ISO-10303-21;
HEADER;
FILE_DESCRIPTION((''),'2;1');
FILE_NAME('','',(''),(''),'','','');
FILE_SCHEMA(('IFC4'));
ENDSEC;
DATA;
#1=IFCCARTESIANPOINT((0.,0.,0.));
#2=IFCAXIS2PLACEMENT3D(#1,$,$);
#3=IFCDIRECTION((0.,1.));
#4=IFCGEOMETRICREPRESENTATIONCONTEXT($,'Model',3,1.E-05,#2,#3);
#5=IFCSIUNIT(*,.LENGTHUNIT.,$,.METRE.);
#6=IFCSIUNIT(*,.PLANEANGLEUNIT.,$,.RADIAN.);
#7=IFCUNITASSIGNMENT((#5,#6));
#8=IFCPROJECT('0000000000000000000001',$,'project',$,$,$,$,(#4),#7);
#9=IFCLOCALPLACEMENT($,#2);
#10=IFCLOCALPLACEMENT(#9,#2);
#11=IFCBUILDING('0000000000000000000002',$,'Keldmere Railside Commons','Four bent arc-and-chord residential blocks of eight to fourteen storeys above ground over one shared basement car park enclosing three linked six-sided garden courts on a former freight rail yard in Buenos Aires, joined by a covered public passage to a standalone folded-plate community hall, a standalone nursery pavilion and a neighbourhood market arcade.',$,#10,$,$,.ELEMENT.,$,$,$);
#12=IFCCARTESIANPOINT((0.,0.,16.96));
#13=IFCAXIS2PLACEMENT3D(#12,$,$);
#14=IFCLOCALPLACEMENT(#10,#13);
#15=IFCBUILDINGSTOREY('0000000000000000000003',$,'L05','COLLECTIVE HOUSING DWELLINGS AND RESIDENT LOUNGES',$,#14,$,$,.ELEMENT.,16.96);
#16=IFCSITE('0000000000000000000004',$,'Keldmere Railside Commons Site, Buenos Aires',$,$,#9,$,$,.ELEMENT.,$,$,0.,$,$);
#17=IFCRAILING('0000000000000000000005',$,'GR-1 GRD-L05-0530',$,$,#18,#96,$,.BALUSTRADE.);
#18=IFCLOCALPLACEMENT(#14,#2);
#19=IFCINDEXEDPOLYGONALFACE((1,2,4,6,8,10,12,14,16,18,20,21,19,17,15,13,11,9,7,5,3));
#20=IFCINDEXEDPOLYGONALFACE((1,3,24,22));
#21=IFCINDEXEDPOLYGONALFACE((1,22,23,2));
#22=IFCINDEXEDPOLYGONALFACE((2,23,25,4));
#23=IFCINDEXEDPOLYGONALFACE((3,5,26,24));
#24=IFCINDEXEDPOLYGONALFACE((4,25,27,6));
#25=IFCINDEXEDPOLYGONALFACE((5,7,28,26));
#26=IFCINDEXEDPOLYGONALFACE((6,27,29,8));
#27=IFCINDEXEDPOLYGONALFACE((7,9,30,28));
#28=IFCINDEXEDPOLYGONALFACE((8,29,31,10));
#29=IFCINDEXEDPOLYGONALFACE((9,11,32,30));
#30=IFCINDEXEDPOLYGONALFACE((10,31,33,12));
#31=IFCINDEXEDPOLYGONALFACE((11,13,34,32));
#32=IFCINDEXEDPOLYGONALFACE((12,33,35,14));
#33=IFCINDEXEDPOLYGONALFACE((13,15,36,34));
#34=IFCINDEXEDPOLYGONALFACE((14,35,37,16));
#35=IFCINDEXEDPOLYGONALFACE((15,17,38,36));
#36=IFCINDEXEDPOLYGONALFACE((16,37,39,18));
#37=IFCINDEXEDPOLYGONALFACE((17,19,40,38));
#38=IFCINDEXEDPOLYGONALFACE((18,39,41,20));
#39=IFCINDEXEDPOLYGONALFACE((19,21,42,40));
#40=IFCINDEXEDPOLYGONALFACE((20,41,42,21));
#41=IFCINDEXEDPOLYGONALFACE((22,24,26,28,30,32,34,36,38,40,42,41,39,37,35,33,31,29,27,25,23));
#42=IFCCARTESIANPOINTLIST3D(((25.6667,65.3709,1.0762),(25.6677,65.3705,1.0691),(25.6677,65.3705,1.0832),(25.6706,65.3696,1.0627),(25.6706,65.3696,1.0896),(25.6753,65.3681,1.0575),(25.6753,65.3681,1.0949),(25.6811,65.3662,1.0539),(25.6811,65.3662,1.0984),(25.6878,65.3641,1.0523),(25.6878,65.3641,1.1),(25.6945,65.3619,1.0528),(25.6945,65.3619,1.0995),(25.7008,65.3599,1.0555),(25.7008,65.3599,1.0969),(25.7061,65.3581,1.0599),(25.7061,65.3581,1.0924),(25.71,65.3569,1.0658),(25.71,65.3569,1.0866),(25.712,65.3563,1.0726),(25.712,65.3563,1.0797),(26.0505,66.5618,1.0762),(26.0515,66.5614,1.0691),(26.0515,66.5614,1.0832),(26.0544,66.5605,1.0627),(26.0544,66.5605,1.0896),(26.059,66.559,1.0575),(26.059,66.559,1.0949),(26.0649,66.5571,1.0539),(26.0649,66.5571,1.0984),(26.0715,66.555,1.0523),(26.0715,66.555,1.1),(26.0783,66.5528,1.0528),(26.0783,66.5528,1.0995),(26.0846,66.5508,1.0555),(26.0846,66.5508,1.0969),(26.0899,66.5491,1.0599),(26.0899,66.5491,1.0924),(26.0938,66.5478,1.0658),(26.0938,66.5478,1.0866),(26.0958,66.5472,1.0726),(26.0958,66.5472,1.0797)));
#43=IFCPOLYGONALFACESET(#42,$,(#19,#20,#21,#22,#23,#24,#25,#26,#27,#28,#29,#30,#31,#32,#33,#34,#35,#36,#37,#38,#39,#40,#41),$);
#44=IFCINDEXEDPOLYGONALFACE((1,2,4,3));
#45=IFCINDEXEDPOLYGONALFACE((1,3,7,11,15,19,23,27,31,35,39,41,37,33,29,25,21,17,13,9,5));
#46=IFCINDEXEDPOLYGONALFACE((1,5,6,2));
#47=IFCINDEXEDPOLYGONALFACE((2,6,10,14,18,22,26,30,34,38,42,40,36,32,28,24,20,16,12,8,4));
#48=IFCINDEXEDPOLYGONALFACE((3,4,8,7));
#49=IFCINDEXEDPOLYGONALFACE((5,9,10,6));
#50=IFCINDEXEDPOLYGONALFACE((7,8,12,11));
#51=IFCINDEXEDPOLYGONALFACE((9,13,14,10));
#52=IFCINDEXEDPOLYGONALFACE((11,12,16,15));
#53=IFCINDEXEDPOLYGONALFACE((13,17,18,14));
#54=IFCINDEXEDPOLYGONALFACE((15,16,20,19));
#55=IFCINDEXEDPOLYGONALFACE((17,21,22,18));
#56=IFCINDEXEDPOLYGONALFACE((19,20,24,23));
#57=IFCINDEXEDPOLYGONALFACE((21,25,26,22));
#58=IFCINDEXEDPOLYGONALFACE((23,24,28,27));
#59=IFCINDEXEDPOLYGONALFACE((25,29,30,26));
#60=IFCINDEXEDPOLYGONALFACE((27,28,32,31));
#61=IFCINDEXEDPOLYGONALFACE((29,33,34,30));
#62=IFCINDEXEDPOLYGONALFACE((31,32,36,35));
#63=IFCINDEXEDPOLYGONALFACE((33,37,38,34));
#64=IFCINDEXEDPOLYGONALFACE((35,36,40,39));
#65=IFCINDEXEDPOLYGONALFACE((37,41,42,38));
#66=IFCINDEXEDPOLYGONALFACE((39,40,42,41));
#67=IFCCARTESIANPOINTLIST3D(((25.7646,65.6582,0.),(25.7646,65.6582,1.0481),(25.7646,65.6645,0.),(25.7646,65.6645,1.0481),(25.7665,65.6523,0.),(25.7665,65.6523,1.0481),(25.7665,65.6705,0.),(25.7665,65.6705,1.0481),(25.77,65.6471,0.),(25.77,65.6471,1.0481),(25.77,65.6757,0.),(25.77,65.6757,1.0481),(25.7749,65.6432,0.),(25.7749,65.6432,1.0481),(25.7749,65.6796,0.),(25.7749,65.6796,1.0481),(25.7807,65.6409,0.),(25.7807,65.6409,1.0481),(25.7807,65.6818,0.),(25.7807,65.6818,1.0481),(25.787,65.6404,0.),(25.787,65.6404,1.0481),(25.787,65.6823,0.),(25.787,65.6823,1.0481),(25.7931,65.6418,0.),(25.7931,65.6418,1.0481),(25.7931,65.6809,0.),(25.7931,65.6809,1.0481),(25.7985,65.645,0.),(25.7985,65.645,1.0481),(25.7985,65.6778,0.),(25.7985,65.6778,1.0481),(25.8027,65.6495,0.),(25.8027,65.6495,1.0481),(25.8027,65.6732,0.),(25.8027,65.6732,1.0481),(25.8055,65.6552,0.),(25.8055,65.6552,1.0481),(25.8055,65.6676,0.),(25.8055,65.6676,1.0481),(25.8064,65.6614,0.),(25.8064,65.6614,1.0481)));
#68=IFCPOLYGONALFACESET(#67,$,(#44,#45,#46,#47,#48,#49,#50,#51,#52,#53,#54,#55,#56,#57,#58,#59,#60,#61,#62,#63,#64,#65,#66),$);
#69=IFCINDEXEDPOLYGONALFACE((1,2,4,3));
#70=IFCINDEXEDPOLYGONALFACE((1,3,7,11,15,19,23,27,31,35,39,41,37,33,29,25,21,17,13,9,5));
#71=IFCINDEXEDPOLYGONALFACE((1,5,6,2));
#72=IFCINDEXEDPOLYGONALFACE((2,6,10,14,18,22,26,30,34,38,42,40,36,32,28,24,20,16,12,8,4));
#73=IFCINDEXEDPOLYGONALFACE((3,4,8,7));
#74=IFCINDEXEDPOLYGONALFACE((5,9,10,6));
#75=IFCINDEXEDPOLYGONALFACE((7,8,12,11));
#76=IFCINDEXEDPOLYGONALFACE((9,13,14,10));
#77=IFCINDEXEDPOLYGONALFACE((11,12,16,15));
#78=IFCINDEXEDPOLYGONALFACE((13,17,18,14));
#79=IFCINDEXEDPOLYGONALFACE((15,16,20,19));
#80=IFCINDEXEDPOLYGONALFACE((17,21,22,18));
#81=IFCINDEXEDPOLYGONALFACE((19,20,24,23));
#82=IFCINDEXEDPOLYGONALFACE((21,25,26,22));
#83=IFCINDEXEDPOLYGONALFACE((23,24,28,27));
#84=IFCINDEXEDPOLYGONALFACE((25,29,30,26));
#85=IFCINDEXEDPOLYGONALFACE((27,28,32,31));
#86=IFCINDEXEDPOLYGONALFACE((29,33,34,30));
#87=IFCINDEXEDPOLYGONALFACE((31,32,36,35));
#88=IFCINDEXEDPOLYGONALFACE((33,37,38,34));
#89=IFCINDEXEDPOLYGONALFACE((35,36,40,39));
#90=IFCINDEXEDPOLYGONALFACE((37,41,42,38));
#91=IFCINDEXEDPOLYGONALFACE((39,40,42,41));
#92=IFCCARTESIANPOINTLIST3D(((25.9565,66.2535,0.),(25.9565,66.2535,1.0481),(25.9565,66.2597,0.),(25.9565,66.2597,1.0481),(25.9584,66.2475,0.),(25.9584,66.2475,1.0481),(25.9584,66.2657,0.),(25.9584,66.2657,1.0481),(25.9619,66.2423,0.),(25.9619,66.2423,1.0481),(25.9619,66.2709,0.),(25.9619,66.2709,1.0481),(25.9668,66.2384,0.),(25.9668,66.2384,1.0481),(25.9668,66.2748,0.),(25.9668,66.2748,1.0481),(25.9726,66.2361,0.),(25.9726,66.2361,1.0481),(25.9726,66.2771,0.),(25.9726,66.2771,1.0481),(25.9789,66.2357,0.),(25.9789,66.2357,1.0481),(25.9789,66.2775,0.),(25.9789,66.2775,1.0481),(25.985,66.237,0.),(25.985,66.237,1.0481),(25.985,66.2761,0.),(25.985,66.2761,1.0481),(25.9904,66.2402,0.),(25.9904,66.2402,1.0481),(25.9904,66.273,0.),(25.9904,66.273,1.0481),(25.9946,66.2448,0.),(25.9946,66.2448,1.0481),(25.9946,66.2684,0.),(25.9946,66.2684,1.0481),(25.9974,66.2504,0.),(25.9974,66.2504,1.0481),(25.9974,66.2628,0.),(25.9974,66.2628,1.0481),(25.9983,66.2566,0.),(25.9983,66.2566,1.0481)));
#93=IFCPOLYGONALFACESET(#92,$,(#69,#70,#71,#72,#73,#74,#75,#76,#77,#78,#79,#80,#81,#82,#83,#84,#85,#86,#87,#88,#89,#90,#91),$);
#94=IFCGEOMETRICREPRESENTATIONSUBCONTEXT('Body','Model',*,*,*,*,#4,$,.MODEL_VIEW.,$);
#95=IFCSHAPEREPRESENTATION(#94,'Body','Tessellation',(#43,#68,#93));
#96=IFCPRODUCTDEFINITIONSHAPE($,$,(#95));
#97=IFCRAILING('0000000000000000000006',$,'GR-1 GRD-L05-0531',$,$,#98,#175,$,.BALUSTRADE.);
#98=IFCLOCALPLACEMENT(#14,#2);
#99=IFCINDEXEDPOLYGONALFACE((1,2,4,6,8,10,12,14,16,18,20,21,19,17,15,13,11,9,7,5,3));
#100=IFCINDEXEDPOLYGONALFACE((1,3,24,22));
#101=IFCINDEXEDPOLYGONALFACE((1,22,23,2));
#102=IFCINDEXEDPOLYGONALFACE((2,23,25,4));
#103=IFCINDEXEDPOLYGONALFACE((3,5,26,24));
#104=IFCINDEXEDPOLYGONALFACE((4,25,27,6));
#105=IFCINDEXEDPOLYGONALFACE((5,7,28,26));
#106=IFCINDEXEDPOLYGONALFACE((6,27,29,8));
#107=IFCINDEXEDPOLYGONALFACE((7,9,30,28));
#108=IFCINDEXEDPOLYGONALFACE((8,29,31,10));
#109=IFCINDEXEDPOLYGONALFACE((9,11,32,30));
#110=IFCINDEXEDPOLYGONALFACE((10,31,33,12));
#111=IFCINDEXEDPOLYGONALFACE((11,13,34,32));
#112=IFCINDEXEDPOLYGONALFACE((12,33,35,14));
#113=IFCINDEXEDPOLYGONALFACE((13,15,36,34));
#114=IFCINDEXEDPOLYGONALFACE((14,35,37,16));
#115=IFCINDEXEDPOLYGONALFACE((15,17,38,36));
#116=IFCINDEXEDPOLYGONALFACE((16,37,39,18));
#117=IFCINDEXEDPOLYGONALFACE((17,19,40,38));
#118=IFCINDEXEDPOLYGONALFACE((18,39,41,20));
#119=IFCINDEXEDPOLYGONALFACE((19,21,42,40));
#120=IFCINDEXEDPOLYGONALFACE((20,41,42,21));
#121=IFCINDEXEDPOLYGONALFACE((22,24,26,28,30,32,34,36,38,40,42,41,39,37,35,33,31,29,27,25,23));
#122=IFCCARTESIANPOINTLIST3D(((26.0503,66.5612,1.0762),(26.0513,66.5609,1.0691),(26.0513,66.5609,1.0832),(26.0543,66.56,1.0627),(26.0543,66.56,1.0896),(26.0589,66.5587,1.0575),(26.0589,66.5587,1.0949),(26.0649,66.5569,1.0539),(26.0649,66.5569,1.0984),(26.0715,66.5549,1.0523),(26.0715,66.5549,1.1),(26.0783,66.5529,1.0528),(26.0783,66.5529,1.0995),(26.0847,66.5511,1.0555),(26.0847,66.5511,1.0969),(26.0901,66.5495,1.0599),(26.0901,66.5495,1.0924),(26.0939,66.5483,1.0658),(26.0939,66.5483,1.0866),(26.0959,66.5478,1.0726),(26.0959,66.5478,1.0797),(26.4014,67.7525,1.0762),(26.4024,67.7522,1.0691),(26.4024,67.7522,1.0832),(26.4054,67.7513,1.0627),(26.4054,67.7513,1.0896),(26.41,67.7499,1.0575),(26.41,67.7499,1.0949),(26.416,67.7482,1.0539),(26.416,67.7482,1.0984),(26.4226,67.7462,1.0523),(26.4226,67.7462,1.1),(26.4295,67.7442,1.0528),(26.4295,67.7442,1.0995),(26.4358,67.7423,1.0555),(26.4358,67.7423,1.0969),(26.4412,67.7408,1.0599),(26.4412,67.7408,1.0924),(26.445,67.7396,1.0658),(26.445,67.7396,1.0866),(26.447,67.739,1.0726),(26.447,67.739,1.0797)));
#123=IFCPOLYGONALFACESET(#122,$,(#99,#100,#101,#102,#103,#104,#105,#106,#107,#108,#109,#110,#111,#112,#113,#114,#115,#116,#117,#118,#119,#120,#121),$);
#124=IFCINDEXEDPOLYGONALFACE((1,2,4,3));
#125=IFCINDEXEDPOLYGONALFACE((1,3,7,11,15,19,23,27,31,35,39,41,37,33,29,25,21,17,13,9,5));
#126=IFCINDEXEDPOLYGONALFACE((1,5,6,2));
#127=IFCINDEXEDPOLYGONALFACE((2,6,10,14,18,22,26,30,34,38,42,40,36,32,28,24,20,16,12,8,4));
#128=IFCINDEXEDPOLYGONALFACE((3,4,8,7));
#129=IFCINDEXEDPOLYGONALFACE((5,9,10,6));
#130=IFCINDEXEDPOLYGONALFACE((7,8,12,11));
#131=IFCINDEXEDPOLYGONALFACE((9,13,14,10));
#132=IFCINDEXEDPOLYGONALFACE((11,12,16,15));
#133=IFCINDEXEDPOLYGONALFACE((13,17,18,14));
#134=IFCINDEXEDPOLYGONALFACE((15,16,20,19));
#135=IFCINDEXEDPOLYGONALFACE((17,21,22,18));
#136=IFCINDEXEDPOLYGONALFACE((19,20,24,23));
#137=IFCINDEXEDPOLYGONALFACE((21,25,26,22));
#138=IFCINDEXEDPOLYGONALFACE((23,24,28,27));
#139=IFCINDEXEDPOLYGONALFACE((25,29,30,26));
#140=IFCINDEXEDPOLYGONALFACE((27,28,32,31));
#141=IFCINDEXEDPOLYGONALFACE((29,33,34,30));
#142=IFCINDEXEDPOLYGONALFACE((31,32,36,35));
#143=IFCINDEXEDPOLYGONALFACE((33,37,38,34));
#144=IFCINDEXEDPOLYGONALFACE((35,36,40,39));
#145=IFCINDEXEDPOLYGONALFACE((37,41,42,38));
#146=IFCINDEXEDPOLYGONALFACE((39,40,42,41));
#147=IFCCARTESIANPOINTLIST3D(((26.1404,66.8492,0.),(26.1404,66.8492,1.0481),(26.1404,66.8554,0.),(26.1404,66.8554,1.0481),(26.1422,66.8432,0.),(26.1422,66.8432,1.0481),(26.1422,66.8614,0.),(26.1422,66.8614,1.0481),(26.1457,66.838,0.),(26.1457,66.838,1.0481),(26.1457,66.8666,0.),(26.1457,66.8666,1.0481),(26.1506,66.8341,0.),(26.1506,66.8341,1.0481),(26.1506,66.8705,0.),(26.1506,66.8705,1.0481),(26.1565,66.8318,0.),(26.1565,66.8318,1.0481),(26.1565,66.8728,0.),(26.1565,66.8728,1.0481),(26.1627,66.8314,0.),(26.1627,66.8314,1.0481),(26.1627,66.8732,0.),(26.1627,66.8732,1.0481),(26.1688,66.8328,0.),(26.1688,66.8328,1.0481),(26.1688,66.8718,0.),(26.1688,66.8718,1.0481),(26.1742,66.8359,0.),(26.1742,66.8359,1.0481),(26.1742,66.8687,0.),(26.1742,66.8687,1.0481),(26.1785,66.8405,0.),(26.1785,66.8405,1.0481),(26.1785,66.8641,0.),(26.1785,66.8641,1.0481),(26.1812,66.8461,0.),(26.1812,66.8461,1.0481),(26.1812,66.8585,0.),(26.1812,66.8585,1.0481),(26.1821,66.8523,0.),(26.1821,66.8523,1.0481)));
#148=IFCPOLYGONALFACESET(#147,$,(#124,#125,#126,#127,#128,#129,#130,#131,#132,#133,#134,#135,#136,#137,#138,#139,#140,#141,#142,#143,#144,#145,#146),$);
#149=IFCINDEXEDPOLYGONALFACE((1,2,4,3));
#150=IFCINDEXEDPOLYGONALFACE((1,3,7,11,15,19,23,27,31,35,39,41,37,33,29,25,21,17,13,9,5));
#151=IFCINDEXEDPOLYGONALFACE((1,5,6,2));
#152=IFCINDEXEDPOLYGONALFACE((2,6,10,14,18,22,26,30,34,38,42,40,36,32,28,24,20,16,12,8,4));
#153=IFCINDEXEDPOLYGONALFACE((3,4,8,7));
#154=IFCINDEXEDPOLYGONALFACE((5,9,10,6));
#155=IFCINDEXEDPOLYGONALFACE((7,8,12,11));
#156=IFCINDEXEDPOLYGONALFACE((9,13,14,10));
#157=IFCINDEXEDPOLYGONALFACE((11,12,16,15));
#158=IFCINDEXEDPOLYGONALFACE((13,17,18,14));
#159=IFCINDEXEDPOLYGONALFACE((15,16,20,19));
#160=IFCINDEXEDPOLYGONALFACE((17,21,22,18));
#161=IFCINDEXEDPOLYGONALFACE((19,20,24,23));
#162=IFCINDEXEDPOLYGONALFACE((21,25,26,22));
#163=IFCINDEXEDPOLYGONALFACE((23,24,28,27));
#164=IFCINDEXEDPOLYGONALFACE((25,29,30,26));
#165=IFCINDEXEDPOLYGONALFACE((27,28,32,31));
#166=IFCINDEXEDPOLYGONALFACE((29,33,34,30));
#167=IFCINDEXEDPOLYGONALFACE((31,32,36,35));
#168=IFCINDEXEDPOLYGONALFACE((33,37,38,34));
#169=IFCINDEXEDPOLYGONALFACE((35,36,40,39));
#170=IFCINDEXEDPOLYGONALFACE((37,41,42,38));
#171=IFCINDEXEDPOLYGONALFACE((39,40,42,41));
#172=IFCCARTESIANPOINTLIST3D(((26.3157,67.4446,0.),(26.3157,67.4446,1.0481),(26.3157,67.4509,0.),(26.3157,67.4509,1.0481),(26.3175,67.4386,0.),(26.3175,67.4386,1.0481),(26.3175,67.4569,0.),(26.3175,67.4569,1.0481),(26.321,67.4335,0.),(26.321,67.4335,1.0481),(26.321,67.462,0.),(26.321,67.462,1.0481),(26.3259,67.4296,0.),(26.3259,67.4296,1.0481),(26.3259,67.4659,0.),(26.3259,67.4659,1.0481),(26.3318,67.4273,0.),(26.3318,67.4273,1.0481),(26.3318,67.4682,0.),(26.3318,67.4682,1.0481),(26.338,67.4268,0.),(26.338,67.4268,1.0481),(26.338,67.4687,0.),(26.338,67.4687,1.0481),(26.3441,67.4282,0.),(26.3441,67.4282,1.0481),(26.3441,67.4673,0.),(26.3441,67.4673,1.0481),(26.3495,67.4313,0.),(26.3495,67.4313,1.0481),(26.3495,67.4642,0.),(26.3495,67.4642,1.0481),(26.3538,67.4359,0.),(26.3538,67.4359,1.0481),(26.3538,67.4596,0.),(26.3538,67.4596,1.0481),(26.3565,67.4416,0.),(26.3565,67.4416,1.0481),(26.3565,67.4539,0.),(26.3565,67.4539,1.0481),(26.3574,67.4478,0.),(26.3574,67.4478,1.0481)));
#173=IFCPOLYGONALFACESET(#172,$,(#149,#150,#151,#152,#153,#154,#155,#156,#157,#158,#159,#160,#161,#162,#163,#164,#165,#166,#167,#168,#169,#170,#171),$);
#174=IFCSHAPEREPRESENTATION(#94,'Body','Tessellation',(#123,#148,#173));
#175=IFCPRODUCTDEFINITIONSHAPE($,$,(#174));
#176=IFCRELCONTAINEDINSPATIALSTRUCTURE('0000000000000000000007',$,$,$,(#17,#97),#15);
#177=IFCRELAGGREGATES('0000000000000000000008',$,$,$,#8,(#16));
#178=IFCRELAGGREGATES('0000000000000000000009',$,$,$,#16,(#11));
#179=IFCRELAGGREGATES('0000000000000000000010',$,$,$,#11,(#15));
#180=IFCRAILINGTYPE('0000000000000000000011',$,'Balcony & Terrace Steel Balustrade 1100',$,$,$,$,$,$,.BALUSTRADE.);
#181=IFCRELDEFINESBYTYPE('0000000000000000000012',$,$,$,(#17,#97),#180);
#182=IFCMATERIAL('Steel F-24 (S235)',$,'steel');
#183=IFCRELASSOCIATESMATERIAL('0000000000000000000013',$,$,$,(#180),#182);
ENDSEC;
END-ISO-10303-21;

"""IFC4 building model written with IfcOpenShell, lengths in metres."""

from ifc_helpers import new_model, si_unit, direction, frame, origin, origin_2d, place, context, subcontext, project, spatial, circle, extrude, material, type_object, element, save


model = new_model("IFC4")

# Units and contexts
model_context = context("Model", 3, precision=1e-05, world=origin(), true_north=direction((0.0, 1.0)))
body_context = subcontext(model_context, "Body", "Model", "MODEL_VIEW")
ifc_project = project(units=[si_unit("LENGTHUNIT", "METRE"), si_unit("PLANEANGLEUNIT", "RADIAN")], contexts=[model_context])

# Site, building, storey
site_placement = place(None, origin())
site = spatial("IfcSite", under=ifc_project, at=site_placement, Name="Keldmere Railside Commons Site, Buenos Aires", CompositionType="ELEMENT", RefElevation=0.0)
building_placement = place(site_placement, origin())
building = spatial("IfcBuilding", under=site, at=building_placement, Name="Keldmere Railside Commons", Description="Four bent arc-and-chord residential blocks of eight to fourteen storeys above ground over one shared basement car park enclosing three linked six-sided garden courts on a former freight rail yard in Buenos Aires, joined by a covered public passage to a standalone folded-plate community hall, a standalone nursery pavilion and a neighbourhood market arcade.", CompositionType="ELEMENT")
storey_placement = place(building_placement, frame((0.0, 0.0, 16.96)))
storey = spatial("IfcBuildingStorey", under=building, at=storey_placement, Name="L05", Description="COLLECTIVE HOUSING DWELLINGS AND RESIDENT LOUNGES", CompositionType="ELEMENT", Elevation=16.96)

# Railings
ifc_material_1 = material(Name="Steel F-24 (S235)", Category="steel")
railing_type = type_object("IfcRailingType", Name="Balcony & Terrace Steel Balustrade 1100", PredefinedType="BALUSTRADE", material=ifc_material_1)
railing_1_placement = place(storey_placement, frame((25.6895, 65.3635, 0.0)))
element("IfcRailing", 1, at=railing_1_placement, inside=storey, type_object=railing_type, Name="GR-1 GRD-L05-0530", PredefinedType="BALUSTRADE", context=body_context, shape_type="SweptSolid", body=[
    extrude(circle(Radius=0.0239, at=origin_2d()), frame((0.0, 0.0, 1.0762), z_axis=(0.306729, 0.951797, 0.0), x_axis=(-0.951797, 0.306729, 0.0)), (0.0, 0.0, 1.0), 1.2512),
    extrude(circle(Radius=0.021, at=origin_2d()), frame((0.0959, 0.2979, 0.0)), (0.0, 0.0, 1.0), 1.0481),
    extrude(circle(Radius=0.021, at=origin_2d()), frame((0.2878, 0.8931, 0.0)), (0.0, 0.0, 1.0), 1.0481),
])
railing_2_placement = place(storey_placement, frame((26.0732, 66.5544, 0.0)))
element("IfcRailing", 2, at=railing_2_placement, inside=storey, type_object=railing_type, Name="GR-1 GRD-L05-0531", PredefinedType="BALUSTRADE", context=body_context, shape_type="SweptSolid", body=[
    extrude(circle(Radius=0.0239, at=origin_2d()), frame((0.0, 0.0, 1.0762), z_axis=(0.282709, 0.959206, 0.0), x_axis=(-0.959206, 0.282709, 0.0)), (0.0, 0.0, 1.0), 1.2419),
    extrude(circle(Radius=0.021, at=origin_2d()), frame((0.0879, 0.2979, 0.0)), (0.0, 0.0, 1.0), 1.0481),
    extrude(circle(Radius=0.021, at=origin_2d()), frame((0.2632, 0.8933, 0.0)), (0.0, 0.0, 1.0), 1.0481),
])

save(model, "model.ifc")
